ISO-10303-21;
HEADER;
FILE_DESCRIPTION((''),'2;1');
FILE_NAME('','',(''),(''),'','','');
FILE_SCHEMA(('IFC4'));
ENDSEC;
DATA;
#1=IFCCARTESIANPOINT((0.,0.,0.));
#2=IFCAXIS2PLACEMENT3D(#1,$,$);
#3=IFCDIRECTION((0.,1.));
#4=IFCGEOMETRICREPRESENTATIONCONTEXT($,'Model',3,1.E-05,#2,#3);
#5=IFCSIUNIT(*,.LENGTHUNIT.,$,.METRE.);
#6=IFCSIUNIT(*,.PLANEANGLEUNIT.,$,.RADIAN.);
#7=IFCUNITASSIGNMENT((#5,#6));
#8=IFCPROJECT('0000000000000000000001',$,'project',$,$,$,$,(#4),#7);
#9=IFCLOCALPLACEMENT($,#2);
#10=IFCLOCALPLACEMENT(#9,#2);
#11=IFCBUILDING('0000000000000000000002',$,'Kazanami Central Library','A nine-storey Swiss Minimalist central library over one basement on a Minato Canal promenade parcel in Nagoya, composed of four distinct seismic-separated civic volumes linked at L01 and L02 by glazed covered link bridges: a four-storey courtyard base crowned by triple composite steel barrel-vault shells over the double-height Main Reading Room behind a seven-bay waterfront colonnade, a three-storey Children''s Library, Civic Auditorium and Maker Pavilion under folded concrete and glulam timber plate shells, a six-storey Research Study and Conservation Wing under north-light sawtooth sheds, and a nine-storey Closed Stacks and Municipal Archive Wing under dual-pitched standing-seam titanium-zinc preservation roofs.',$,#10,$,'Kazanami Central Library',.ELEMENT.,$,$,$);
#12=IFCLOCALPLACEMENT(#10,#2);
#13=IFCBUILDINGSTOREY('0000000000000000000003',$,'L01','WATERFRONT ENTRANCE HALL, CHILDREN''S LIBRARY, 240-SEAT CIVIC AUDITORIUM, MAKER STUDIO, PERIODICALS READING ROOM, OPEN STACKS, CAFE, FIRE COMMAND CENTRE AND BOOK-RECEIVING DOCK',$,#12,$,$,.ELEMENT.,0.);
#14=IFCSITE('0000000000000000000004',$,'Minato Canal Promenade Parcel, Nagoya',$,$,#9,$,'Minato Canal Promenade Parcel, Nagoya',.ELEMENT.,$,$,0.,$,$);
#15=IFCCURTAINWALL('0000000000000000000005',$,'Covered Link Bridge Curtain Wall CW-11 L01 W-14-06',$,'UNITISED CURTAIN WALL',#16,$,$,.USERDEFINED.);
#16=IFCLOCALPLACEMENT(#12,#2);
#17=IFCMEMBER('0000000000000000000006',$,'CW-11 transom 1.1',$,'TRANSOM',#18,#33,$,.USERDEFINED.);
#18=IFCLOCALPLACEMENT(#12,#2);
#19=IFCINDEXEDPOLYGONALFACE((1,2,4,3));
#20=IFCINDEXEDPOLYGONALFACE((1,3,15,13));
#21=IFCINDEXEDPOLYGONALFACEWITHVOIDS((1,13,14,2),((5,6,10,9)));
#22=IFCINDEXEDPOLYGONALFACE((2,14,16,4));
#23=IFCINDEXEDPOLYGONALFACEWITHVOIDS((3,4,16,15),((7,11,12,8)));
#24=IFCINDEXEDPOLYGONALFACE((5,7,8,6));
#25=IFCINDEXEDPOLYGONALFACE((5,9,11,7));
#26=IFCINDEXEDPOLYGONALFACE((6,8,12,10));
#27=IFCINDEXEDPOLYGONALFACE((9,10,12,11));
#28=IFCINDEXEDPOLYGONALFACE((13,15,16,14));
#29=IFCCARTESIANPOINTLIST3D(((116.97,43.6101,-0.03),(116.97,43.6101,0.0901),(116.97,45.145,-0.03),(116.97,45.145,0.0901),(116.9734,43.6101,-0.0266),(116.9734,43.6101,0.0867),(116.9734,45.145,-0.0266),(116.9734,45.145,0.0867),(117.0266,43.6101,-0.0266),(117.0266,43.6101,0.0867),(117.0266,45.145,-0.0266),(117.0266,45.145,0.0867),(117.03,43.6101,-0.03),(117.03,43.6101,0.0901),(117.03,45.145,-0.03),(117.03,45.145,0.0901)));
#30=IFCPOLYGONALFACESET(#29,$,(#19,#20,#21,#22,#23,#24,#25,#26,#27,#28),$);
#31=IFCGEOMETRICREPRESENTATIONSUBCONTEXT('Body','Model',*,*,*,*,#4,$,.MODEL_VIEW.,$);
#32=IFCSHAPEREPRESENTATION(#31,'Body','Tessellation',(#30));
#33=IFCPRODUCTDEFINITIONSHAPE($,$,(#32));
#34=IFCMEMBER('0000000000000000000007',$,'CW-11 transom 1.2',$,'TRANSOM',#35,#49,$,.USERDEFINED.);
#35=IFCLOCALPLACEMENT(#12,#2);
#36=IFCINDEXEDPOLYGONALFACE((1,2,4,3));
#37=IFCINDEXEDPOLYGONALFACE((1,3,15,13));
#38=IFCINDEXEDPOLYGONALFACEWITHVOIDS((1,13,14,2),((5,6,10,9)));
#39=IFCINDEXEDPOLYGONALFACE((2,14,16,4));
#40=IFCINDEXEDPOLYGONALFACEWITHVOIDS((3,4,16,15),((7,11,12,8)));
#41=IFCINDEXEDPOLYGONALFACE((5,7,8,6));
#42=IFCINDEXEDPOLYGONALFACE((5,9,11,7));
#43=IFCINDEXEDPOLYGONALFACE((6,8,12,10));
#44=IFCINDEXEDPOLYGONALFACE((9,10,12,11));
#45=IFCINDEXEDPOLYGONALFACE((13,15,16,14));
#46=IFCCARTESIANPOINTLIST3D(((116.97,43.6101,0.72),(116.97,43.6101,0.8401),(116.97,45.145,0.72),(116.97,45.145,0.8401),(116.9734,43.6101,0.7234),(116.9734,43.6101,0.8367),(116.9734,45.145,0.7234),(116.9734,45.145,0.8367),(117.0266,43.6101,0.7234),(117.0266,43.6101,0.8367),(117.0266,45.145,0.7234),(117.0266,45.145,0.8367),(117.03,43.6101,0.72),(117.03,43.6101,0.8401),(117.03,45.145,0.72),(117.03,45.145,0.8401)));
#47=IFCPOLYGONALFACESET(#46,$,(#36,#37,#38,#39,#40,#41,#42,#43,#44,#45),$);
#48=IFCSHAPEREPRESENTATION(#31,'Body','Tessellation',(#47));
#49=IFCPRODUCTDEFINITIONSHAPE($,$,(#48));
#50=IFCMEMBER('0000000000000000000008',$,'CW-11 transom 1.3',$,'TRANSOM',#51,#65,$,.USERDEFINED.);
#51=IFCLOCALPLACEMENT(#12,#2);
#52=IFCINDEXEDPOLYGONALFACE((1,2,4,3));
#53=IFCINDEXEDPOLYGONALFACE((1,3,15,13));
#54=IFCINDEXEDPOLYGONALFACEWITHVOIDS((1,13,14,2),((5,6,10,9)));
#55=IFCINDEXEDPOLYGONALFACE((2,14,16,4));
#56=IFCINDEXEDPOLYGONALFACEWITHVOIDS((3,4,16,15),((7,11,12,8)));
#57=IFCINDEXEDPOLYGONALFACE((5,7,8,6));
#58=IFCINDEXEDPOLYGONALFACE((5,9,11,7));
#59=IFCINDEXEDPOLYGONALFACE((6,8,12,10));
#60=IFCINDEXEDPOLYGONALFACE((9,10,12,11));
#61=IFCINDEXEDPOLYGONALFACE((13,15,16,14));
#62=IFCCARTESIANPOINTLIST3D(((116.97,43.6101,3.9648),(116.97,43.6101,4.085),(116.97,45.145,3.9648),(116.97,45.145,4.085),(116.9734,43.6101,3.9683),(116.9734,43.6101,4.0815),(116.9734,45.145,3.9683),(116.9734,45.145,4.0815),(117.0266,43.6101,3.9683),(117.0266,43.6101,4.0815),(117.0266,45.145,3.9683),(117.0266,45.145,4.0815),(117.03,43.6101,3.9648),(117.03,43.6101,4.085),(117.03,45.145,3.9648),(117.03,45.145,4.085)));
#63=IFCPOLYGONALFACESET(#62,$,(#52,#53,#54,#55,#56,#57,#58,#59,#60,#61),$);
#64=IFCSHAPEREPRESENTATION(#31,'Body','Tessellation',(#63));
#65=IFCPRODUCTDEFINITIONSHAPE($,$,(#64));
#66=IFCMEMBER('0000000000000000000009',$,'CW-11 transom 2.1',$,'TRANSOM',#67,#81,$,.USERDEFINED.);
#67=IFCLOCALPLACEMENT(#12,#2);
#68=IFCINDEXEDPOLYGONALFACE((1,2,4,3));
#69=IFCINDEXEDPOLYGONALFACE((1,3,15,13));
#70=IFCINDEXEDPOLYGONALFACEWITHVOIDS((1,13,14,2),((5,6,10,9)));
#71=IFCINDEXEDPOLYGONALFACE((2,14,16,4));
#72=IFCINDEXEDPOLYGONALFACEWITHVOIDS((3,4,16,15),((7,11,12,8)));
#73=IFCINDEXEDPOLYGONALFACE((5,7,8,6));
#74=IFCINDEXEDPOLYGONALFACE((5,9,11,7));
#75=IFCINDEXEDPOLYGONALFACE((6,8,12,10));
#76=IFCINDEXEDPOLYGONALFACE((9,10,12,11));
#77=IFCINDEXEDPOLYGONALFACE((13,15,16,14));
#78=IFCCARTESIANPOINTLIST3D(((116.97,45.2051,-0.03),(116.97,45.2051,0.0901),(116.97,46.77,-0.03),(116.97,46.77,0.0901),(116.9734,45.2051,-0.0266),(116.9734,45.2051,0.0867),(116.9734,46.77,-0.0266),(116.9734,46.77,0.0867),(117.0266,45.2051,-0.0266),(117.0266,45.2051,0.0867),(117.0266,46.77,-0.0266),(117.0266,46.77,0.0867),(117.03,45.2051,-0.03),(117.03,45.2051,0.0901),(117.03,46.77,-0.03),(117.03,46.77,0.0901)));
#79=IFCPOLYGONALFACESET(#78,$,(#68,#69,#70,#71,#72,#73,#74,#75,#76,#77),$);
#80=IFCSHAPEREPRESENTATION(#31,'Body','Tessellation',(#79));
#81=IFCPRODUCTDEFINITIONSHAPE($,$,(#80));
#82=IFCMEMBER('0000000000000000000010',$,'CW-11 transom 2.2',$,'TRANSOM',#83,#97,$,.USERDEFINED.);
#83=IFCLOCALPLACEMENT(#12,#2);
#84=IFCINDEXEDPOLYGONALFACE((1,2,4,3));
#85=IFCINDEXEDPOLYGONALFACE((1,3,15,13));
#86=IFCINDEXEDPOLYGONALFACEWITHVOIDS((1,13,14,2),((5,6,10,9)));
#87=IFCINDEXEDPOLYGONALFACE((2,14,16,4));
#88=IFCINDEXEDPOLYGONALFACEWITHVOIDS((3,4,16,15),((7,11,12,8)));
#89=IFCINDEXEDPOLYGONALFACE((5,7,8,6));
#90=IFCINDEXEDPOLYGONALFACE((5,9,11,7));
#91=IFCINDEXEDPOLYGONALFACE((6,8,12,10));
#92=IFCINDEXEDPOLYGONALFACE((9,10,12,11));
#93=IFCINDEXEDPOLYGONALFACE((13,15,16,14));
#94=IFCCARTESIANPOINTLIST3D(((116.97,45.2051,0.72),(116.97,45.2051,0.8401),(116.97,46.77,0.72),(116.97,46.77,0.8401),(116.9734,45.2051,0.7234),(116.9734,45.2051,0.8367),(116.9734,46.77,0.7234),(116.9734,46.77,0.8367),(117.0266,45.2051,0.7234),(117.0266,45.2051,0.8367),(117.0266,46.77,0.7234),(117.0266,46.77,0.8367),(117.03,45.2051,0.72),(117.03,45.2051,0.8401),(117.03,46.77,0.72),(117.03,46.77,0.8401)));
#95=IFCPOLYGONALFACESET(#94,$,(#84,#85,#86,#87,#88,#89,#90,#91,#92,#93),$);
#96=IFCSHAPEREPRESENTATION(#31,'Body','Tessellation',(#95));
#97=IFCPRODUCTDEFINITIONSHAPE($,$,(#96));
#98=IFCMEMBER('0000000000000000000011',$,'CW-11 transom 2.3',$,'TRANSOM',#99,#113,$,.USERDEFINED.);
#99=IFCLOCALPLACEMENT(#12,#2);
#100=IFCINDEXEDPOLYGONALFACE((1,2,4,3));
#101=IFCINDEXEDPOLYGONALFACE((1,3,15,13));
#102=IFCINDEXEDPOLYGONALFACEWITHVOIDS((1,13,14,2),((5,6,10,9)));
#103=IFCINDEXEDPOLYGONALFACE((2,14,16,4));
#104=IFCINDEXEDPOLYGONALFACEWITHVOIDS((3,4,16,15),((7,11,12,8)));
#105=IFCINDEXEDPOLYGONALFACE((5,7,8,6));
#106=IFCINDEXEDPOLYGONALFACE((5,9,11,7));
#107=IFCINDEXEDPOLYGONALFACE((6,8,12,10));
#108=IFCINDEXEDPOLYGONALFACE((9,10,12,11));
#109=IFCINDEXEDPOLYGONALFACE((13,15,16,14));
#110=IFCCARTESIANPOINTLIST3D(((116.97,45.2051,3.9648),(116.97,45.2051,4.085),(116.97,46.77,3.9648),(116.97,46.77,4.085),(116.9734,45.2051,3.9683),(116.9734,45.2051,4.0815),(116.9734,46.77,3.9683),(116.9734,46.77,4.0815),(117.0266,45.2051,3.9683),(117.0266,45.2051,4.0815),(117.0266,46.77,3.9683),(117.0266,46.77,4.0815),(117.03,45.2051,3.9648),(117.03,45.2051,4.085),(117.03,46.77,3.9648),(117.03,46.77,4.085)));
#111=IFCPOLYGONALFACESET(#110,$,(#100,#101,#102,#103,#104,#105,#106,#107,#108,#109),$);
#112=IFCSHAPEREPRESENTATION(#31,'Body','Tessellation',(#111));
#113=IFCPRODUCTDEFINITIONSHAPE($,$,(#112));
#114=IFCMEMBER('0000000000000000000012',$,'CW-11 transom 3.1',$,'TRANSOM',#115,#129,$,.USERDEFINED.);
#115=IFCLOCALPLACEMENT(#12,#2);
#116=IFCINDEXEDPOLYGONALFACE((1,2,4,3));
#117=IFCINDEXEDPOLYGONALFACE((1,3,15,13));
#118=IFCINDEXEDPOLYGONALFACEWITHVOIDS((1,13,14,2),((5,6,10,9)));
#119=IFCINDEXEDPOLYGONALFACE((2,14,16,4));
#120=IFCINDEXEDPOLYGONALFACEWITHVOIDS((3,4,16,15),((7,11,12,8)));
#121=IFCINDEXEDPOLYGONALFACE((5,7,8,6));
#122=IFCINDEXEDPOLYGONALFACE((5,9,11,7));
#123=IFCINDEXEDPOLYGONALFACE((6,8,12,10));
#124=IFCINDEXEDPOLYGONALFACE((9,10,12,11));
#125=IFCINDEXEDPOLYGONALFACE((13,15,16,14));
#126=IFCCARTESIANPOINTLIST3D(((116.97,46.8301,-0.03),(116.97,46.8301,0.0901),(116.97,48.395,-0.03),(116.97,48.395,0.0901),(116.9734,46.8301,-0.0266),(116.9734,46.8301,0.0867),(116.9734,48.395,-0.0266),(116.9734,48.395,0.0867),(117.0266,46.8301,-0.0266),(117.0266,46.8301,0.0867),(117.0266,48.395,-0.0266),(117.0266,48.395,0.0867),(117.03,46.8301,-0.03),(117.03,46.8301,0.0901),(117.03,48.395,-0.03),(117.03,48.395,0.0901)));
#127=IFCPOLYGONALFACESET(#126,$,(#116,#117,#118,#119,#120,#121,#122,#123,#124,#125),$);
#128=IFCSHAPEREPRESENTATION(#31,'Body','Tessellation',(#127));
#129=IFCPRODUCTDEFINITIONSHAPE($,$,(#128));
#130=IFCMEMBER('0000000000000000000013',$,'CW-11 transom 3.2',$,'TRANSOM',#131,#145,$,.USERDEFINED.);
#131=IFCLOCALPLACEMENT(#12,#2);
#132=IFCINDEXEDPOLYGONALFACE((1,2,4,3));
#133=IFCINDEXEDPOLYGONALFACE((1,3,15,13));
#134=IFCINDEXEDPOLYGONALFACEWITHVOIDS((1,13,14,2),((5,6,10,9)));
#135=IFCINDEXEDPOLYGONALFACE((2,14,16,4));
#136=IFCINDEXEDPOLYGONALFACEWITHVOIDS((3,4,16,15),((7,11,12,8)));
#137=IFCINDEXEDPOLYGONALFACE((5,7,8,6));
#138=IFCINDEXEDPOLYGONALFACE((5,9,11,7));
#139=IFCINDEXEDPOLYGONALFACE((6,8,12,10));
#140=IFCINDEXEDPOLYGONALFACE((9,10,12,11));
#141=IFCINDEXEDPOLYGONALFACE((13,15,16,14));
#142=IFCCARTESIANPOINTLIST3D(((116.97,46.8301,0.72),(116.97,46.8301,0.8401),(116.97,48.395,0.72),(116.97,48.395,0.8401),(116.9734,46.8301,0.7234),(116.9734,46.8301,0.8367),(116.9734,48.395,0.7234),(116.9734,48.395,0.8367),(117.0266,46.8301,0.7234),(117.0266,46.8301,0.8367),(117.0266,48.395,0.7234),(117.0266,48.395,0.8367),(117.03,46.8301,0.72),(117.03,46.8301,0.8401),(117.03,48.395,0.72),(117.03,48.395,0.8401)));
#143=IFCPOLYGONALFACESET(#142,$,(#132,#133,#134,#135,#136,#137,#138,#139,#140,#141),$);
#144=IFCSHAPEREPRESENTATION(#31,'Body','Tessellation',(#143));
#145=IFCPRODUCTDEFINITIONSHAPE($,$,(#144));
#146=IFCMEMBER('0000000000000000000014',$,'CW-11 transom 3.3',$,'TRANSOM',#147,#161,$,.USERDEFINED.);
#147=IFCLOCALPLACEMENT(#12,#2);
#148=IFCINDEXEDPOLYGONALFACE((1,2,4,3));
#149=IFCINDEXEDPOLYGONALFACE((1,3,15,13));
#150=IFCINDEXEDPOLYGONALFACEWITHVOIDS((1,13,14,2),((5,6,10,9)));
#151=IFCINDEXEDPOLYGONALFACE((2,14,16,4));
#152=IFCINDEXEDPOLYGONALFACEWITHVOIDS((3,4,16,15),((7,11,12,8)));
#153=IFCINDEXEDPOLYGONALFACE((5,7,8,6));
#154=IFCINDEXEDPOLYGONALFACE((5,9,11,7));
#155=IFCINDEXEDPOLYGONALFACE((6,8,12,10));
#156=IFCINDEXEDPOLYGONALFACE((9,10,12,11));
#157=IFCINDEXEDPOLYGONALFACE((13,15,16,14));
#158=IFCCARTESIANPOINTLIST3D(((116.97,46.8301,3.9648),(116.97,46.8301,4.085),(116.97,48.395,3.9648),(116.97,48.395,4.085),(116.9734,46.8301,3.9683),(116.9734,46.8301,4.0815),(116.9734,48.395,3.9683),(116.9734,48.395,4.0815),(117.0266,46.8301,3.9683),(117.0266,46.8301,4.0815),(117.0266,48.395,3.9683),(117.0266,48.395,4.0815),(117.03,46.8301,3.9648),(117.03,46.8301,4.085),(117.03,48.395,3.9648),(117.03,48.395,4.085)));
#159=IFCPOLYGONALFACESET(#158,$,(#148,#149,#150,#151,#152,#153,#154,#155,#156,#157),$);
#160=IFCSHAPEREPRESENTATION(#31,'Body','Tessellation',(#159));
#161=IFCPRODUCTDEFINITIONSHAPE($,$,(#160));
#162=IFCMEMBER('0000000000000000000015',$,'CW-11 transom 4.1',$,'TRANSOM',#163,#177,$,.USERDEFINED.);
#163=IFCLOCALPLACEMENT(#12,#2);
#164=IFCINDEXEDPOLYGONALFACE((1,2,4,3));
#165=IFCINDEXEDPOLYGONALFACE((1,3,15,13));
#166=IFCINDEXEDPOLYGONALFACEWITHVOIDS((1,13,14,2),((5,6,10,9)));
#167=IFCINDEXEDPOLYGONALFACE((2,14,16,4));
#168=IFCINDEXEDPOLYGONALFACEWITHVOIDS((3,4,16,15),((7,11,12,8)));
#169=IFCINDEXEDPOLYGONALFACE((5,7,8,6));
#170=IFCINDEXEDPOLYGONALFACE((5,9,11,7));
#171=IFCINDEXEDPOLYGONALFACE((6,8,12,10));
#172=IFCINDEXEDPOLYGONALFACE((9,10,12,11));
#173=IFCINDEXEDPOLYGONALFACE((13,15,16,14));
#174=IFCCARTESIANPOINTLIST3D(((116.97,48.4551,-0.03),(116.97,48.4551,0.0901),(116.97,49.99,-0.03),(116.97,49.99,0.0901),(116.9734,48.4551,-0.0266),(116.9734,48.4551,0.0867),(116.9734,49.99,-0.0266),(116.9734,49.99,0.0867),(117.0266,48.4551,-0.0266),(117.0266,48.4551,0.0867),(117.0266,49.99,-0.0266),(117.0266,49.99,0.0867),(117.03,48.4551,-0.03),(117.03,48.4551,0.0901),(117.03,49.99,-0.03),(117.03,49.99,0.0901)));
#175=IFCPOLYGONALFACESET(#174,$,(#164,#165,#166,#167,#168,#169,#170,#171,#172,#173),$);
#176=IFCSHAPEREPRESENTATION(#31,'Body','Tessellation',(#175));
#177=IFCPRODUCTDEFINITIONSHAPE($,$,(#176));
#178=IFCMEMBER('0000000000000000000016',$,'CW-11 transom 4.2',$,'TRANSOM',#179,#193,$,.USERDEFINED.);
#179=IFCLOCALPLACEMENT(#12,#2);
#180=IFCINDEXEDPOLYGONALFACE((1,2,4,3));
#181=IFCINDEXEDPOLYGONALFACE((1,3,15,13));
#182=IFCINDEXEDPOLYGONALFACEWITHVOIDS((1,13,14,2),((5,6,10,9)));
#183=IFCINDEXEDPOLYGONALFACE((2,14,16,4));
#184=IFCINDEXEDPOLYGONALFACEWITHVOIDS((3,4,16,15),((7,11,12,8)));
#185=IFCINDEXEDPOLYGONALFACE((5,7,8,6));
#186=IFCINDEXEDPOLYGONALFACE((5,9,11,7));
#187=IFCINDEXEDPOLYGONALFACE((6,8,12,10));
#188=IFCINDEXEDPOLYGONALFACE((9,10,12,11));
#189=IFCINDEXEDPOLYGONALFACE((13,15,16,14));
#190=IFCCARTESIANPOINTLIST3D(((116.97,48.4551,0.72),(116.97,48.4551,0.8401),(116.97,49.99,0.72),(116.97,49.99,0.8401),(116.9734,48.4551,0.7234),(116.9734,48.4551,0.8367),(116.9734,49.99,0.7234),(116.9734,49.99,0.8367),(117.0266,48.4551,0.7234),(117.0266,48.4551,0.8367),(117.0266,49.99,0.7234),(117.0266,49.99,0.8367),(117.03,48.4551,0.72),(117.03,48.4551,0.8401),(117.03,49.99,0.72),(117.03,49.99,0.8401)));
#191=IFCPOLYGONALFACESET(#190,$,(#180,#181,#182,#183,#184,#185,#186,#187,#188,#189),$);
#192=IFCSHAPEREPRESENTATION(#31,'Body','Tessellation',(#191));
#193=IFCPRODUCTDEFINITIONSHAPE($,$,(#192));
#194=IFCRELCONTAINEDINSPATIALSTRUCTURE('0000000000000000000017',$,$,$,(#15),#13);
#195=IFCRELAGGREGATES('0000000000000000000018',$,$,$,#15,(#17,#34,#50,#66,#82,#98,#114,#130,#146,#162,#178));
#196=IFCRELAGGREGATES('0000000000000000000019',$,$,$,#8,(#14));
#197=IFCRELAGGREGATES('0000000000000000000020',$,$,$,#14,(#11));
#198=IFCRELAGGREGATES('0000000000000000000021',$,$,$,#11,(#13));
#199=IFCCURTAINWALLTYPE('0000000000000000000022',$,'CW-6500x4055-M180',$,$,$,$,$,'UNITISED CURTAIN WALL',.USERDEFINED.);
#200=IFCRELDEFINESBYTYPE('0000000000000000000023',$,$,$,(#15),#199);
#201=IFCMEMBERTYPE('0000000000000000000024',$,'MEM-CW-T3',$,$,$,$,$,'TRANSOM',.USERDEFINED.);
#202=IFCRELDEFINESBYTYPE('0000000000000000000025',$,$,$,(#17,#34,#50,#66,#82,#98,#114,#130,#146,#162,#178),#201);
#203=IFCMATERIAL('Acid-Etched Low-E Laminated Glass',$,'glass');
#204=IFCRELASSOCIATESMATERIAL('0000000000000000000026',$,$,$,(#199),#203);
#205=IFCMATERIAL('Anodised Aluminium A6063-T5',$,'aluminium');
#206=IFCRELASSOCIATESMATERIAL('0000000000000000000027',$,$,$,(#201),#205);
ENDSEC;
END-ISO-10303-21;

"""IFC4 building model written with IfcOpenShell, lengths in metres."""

from ifc_helpers import new_model, si_unit, direction, frame, origin, origin_2d, place, context, subcontext, project, spatial, hollow_rectangle, extrude, material, material_profile, profile_set, type_object, element, aggregate, save


model = new_model("IFC4")

# Units and contexts
model_context = context("Model", 3, precision=1e-05, world=origin(), true_north=direction((0.0, 1.0)))
body_context = subcontext(model_context, "Body", "Model", "MODEL_VIEW")
ifc_project = project(units=[si_unit("LENGTHUNIT", "METRE"), si_unit("PLANEANGLEUNIT", "RADIAN")], contexts=[model_context])

# Site, building, storey
site_placement = place(None, origin())
site = spatial("IfcSite", under=ifc_project, at=site_placement, Name="Minato Canal Promenade Parcel, Nagoya", LongName="Minato Canal Promenade Parcel, Nagoya", CompositionType="ELEMENT", RefElevation=0.0)
building_placement = place(site_placement, origin())
building = spatial("IfcBuilding", under=site, at=building_placement, Name="Kazanami Central Library", Description="A nine-storey Swiss Minimalist central library over one basement on a Minato Canal promenade parcel in Nagoya, composed of four distinct seismic-separated civic volumes linked at L01 and L02 by glazed covered link bridges: a four-storey courtyard base crowned by triple composite steel barrel-vault shells over the double-height Main Reading Room behind a seven-bay waterfront colonnade, a three-storey Children's Library, Civic Auditorium and Maker Pavilion under folded concrete and glulam timber plate shells, a six-storey Research Study and Conservation Wing under north-light sawtooth sheds, and a nine-storey Closed Stacks and Municipal Archive Wing under dual-pitched standing-seam titanium-zinc preservation roofs.", LongName="Kazanami Central Library", CompositionType="ELEMENT")
storey_placement = place(building_placement, origin())
storey = spatial("IfcBuildingStorey", under=building, at=storey_placement, Name="L01", Description="WATERFRONT ENTRANCE HALL, CHILDREN'S LIBRARY, 240-SEAT CIVIC AUDITORIUM, MAKER STUDIO, PERIODICALS READING ROOM, OPEN STACKS, CAFE, FIRE COMMAND CENTRE AND BOOK-RECEIVING DOCK", CompositionType="ELEMENT", Elevation=0.0)

# Curtain wall
ifc_material_1 = material(Name="Acid-Etched Low-E Laminated Glass", Category="glass")
curtain_wall_type_1 = type_object("IfcCurtainWallType", Name="CW-6500x4055-M180", ElementType="UNITISED CURTAIN WALL", PredefinedType="USERDEFINED", material=ifc_material_1)
curtain_wall_1_placement = place(storey_placement, origin())
curtain_wall_1 = element("IfcCurtainWall", 1, at=curtain_wall_1_placement, inside=storey, type_object=curtain_wall_type_1, Name="Covered Link Bridge Curtain Wall CW-11 L01 W-14-06", ObjectType="UNITISED CURTAIN WALL", PredefinedType="USERDEFINED")
ifc_material_2 = material(Name="Anodised Aluminium A6063-T5", Category="aluminium")

# Members
ifc_material_profile_1 = material_profile(ifc_material_2, hollow_rectangle(XDim=0.0601, YDim=0.1201, WallThickness=0.0034, at=origin_2d()), Name="ALU-TRAN-60x120x3.5")
ifc_profile_set_1 = profile_set([ifc_material_profile_1], Name="Anodised Aluminium A6063-T5")
member_type_1 = type_object("IfcMemberType", Name="MEM-CW-T3", ElementType="TRANSOM", PredefinedType="USERDEFINED", material=ifc_profile_set_1)
member_1_placement = place(storey_placement, frame((117.0, 43.6101, 0.03), z_axis=(0.0, 1.0, 0.0), x_axis=(-1.0, 0.0, 0.0)))
member_1 = element("IfcMember", 2, at=member_1_placement, type_object=member_type_1, Name="CW-11 transom 1.1", ObjectType="TRANSOM", PredefinedType="USERDEFINED", context=body_context, shape_type="SweptSolid", body=[
    extrude(hollow_rectangle(XDim=0.0601, YDim=0.1201, WallThickness=0.0034, at=origin_2d()), origin(), (0.0, 0.0, 1.0), 1.5349),
])
member_2_placement = place(storey_placement, frame((117.0, 43.6101, 0.78), z_axis=(0.0, 1.0, 0.0), x_axis=(-1.0, 0.0, 0.0)))
member_2 = element("IfcMember", 3, at=member_2_placement, type_object=member_type_1, Name="CW-11 transom 1.2", ObjectType="TRANSOM", PredefinedType="USERDEFINED", context=body_context, shape_type="SweptSolid", body=[
    extrude(hollow_rectangle(XDim=0.0601, YDim=0.1201, WallThickness=0.0034, at=origin_2d()), origin(), (0.0, 0.0, 1.0), 1.5349),
])
member_3_placement = place(storey_placement, frame((117.0, 43.6101, 4.0249), z_axis=(0.0, 1.0, 0.0), x_axis=(-1.0, 0.0, 0.0)))
member_3 = element("IfcMember", 4, at=member_3_placement, type_object=member_type_1, Name="CW-11 transom 1.3", ObjectType="TRANSOM", PredefinedType="USERDEFINED", context=body_context, shape_type="SweptSolid", body=[
    extrude(hollow_rectangle(XDim=0.0601, YDim=0.1201, WallThickness=0.0034, at=origin_2d()), origin(), (0.0, 0.0, 1.0), 1.5349),
])
member_4_placement = place(storey_placement, frame((117.0, 45.2051, 0.03), z_axis=(0.0, 1.0, 0.0), x_axis=(-1.0, 0.0, 0.0)))
member_4 = element("IfcMember", 5, at=member_4_placement, type_object=member_type_1, Name="CW-11 transom 2.1", ObjectType="TRANSOM", PredefinedType="USERDEFINED", context=body_context, shape_type="SweptSolid", body=[
    extrude(hollow_rectangle(XDim=0.0601, YDim=0.1201, WallThickness=0.0034, at=origin_2d()), origin(), (0.0, 0.0, 1.0), 1.5649),
])
member_5_placement = place(storey_placement, frame((117.0, 45.2051, 0.78), z_axis=(0.0, 1.0, 0.0), x_axis=(-1.0, 0.0, 0.0)))
member_5 = element("IfcMember", 6, at=member_5_placement, type_object=member_type_1, Name="CW-11 transom 2.2", ObjectType="TRANSOM", PredefinedType="USERDEFINED", context=body_context, shape_type="SweptSolid", body=[
    extrude(hollow_rectangle(XDim=0.0601, YDim=0.1201, WallThickness=0.0034, at=origin_2d()), origin(), (0.0, 0.0, 1.0), 1.5649),
])
member_6_placement = place(storey_placement, frame((117.0, 45.2051, 4.0249), z_axis=(0.0, 1.0, 0.0), x_axis=(-1.0, 0.0, 0.0)))
member_6 = element("IfcMember", 7, at=member_6_placement, type_object=member_type_1, Name="CW-11 transom 2.3", ObjectType="TRANSOM", PredefinedType="USERDEFINED", context=body_context, shape_type="SweptSolid", body=[
    extrude(hollow_rectangle(XDim=0.0601, YDim=0.1201, WallThickness=0.0034, at=origin_2d()), origin(), (0.0, 0.0, 1.0), 1.5649),
])
member_7_placement = place(storey_placement, frame((117.0, 46.8301, 0.03), z_axis=(0.0, 1.0, 0.0), x_axis=(-1.0, 0.0, 0.0)))
member_7 = element("IfcMember", 8, at=member_7_placement, type_object=member_type_1, Name="CW-11 transom 3.1", ObjectType="TRANSOM", PredefinedType="USERDEFINED", context=body_context, shape_type="SweptSolid", body=[
    extrude(hollow_rectangle(XDim=0.0601, YDim=0.1201, WallThickness=0.0034, at=origin_2d()), origin(), (0.0, 0.0, 1.0), 1.5649),
])
member_8_placement = place(storey_placement, frame((117.0, 46.8301, 0.78), z_axis=(0.0, 1.0, 0.0), x_axis=(-1.0, 0.0, 0.0)))
member_8 = element("IfcMember", 9, at=member_8_placement, type_object=member_type_1, Name="CW-11 transom 3.2", ObjectType="TRANSOM", PredefinedType="USERDEFINED", context=body_context, shape_type="SweptSolid", body=[
    extrude(hollow_rectangle(XDim=0.0601, YDim=0.1201, WallThickness=0.0034, at=origin_2d()), origin(), (0.0, 0.0, 1.0), 1.5649),
])
member_9_placement = place(storey_placement, frame((117.0, 46.8301, 4.0249), z_axis=(0.0, 1.0, 0.0), x_axis=(-1.0, 0.0, 0.0)))
member_9 = element("IfcMember", 10, at=member_9_placement, type_object=member_type_1, Name="CW-11 transom 3.3", ObjectType="TRANSOM", PredefinedType="USERDEFINED", context=body_context, shape_type="SweptSolid", body=[
    extrude(hollow_rectangle(XDim=0.0601, YDim=0.1201, WallThickness=0.0034, at=origin_2d()), origin(), (0.0, 0.0, 1.0), 1.5649),
])
member_10_placement = place(storey_placement, frame((117.0, 48.4551, 0.03), z_axis=(0.0, 1.0, 0.0), x_axis=(-1.0, 0.0, 0.0)))
member_10 = element("IfcMember", 11, at=member_10_placement, type_object=member_type_1, Name="CW-11 transom 4.1", ObjectType="TRANSOM", PredefinedType="USERDEFINED", context=body_context, shape_type="SweptSolid", body=[
    extrude(hollow_rectangle(XDim=0.0601, YDim=0.1201, WallThickness=0.0034, at=origin_2d()), origin(), (0.0, 0.0, 1.0), 1.5349),
])
member_11_placement = place(storey_placement, frame((117.0, 48.4551, 0.78), z_axis=(0.0, 1.0, 0.0), x_axis=(-1.0, 0.0, 0.0)))
member_11 = element("IfcMember", 12, at=member_11_placement, type_object=member_type_1, Name="CW-11 transom 4.2", ObjectType="TRANSOM", PredefinedType="USERDEFINED", context=body_context, shape_type="SweptSolid", body=[
    extrude(hollow_rectangle(XDim=0.0601, YDim=0.1201, WallThickness=0.0034, at=origin_2d()), origin(), (0.0, 0.0, 1.0), 1.5349),
])

aggregate(curtain_wall_1, [member_1, member_2, member_3, member_4, member_5, member_6, member_7, member_8, member_9, member_10, member_11])

save(model, "model.ifc")
